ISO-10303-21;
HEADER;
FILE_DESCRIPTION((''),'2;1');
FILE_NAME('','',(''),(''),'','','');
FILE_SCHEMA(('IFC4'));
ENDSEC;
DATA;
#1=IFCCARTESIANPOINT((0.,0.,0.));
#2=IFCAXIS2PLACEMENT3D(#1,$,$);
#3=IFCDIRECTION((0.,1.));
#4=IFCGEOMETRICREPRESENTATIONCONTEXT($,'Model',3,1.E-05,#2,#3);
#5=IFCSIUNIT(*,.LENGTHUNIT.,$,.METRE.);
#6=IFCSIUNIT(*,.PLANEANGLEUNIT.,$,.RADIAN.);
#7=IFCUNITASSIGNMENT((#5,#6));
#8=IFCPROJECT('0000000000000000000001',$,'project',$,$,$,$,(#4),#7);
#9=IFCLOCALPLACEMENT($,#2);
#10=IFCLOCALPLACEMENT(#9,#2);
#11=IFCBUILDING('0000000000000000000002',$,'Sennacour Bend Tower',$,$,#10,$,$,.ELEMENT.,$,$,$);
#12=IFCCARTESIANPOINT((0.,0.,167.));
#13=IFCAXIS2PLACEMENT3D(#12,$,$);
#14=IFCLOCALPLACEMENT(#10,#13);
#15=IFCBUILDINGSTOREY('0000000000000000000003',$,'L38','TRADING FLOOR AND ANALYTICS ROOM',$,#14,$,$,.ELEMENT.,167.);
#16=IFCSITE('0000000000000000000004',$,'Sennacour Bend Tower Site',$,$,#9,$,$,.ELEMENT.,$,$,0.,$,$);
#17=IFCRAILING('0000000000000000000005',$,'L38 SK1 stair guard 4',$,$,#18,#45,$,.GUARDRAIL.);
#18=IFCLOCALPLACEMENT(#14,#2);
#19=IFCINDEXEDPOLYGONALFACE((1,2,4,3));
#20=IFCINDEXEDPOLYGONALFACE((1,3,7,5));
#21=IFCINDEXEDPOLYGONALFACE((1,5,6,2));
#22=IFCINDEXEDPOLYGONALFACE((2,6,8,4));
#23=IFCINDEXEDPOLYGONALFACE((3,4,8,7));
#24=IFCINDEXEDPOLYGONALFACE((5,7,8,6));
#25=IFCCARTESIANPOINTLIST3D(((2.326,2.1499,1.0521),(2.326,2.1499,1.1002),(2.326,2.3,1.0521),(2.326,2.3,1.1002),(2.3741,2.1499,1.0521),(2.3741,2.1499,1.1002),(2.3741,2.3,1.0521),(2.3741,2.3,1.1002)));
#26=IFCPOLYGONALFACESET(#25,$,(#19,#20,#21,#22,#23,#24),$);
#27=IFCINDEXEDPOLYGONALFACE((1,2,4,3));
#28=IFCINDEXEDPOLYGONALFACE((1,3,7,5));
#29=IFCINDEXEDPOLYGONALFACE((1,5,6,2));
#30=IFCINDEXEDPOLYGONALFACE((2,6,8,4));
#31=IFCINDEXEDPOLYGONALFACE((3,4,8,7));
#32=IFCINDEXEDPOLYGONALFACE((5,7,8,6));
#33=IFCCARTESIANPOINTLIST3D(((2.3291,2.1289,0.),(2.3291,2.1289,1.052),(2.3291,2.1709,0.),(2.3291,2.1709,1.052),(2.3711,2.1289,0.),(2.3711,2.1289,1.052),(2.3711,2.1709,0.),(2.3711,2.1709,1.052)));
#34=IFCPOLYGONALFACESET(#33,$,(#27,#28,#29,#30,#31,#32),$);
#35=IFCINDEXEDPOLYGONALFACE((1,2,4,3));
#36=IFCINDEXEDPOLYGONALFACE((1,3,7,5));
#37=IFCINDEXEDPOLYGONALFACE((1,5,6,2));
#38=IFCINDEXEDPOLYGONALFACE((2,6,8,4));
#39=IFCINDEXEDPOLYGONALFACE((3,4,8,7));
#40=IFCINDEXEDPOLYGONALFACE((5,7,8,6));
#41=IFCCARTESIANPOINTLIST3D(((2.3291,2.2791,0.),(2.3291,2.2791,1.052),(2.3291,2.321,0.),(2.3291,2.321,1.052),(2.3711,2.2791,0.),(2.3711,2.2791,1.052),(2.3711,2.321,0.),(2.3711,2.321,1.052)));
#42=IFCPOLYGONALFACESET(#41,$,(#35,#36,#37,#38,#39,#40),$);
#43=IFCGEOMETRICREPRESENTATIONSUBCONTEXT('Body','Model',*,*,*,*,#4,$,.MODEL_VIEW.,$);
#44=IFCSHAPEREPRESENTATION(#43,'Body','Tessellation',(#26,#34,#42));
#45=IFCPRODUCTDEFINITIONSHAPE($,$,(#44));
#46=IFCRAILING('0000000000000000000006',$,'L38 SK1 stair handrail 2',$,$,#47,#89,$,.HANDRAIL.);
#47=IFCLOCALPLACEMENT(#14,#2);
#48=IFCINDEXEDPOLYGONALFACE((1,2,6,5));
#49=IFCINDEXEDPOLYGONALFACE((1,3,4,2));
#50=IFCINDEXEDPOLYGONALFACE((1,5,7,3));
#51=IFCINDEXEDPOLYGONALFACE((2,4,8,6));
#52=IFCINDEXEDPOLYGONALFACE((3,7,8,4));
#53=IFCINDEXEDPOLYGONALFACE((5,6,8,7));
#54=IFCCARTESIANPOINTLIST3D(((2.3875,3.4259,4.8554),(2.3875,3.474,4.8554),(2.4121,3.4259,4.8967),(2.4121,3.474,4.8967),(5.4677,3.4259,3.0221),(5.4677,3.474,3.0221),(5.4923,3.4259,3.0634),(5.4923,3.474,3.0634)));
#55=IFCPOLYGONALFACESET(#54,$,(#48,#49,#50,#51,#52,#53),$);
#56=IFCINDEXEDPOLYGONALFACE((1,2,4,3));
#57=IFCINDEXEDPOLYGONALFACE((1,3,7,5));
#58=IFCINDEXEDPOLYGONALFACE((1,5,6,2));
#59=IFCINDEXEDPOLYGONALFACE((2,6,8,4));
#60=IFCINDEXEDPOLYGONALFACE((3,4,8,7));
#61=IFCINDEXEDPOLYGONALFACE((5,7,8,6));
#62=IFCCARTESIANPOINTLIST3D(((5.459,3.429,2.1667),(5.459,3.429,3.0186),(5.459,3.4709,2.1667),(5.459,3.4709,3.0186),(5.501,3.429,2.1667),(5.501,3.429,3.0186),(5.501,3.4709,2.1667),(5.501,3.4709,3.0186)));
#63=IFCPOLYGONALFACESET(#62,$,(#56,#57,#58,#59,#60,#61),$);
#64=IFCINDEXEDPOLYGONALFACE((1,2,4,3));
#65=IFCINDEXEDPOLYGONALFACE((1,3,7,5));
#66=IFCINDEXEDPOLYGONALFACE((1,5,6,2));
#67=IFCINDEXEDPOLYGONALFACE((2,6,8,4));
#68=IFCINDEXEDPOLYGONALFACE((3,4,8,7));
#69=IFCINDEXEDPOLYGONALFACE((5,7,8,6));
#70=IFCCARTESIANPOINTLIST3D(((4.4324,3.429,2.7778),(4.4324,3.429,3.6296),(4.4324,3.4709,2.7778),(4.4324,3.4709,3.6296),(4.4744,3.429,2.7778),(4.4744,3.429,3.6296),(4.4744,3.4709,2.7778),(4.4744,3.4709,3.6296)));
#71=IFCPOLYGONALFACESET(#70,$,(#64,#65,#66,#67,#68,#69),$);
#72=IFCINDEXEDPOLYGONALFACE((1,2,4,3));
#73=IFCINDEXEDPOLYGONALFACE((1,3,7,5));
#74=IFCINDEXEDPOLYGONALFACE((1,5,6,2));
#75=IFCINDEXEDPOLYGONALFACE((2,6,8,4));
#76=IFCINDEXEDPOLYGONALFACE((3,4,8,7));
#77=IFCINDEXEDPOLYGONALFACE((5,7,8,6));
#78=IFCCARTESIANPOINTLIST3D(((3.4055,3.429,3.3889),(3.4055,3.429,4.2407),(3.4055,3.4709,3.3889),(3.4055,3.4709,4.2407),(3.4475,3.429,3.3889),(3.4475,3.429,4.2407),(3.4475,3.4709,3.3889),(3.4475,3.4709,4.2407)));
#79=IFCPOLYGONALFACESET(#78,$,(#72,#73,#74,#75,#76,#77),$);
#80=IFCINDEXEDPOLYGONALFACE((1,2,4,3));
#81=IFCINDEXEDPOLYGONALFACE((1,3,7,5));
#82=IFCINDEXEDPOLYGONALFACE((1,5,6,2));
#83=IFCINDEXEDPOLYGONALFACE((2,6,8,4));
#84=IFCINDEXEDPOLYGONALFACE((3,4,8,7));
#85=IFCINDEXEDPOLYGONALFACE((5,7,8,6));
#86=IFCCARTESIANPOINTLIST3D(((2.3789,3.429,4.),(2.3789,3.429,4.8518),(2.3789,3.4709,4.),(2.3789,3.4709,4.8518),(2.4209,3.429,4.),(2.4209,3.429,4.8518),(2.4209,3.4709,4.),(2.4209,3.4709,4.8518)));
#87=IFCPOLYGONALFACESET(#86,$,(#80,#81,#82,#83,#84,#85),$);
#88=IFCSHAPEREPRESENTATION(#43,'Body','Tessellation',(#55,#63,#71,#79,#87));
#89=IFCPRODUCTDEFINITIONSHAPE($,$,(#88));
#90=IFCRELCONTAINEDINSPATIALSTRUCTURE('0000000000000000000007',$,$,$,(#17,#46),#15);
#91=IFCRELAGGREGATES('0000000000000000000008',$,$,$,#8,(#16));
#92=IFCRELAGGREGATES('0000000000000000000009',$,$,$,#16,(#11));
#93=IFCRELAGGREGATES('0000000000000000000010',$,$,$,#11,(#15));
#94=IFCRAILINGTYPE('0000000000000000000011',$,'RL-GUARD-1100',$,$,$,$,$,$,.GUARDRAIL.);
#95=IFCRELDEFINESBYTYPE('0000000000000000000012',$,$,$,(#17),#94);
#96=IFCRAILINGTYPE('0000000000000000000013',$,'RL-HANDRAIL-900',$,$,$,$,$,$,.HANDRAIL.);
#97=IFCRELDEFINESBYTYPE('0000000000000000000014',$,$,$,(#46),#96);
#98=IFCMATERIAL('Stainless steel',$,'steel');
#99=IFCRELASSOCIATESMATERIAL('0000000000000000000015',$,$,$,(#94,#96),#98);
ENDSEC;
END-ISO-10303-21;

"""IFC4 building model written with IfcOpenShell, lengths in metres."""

from ifc_helpers import new_model, si_unit, direction, frame, origin, origin_2d, place, context, subcontext, project, spatial, rectangle, extrude, material, type_object, element, save


model = new_model("IFC4")

# Units and contexts
model_context = context("Model", 3, precision=1e-05, world=origin(), true_north=direction((0.0, 1.0)))
body_context = subcontext(model_context, "Body", "Model", "MODEL_VIEW")
ifc_project = project(units=[si_unit("LENGTHUNIT", "METRE"), si_unit("PLANEANGLEUNIT", "RADIAN")], contexts=[model_context])

# Site, building, storey
site_placement = place(None, origin())
site = spatial("IfcSite", under=ifc_project, at=site_placement, Name="Sennacour Bend Tower Site", CompositionType="ELEMENT", RefElevation=0.0)
building_placement = place(site_placement, origin())
building = spatial("IfcBuilding", under=site, at=building_placement, Name="Sennacour Bend Tower", CompositionType="ELEMENT")
storey_placement = place(building_placement, frame((0.0, 0.0, 167.0)))
storey = spatial("IfcBuildingStorey", under=building, at=storey_placement, Name="L38", Description="TRADING FLOOR AND ANALYTICS ROOM", CompositionType="ELEMENT", Elevation=167.0)

# Railings
ifc_material_1 = material(Name="Stainless steel", Category="steel")
railing_type_1 = type_object("IfcRailingType", Name="RL-GUARD-1100", PredefinedType="GUARDRAIL", material=ifc_material_1)
railing_1_placement = place(storey_placement, frame((2.3501, 2.1499, 0.0)))
element("IfcRailing", 1, at=railing_1_placement, inside=storey, type_object=railing_type_1, Name="L38 SK1 stair guard 4", PredefinedType="GUARDRAIL", context=body_context, shape_type="SweptSolid", body=[
    extrude(rectangle(XDim=0.0481, YDim=0.0481, at=origin_2d()), frame((0.0, 0.0, 1.0762), z_axis=(0.0, 1.0, 0.0), x_axis=(-1.0, 0.0, 0.0)), (0.0, 0.0, 1.0), 0.1501),
    extrude(rectangle(XDim=0.042, YDim=0.042, at=origin_2d()), origin(), (0.0, 0.0, 1.0), 1.052),
    extrude(rectangle(XDim=0.042, YDim=0.042, at=origin_2d()), frame((0.0, 0.1501, 0.0)), (0.0, 0.0, 1.0), 1.052),
])
railing_type_2 = type_object("IfcRailingType", Name="RL-HANDRAIL-900", PredefinedType="HANDRAIL", material=ifc_material_1)
railing_2_placement = place(storey_placement, frame((5.48, 3.45, 2.1667)))
element("IfcRailing", 2, at=railing_2_placement, inside=storey, type_object=railing_type_2, Name="L38 SK1 stair handrail 2", PredefinedType="HANDRAIL", context=body_context, shape_type="SweptSolid", body=[
    extrude(rectangle(XDim=0.0481, YDim=0.0481, at=origin_2d()), frame((0.0, 0.0, 0.876), z_axis=(-0.859309, 0.0, 0.511458), x_axis=(0.0, -1.0, 0.0)), (0.0, 0.0, 1.0), 3.5845),
    extrude(rectangle(XDim=0.042, YDim=0.042, at=origin_2d()), origin(), (0.0, 0.0, 1.0), 0.8518),
    extrude(rectangle(XDim=0.042, YDim=0.042, at=origin_2d()), frame((-1.0266, 0.0, 0.6111)), (0.0, 0.0, 1.0), 0.8518),
    extrude(rectangle(XDim=0.042, YDim=0.042, at=origin_2d()), frame((-2.0535, 0.0, 1.2222)), (0.0, 0.0, 1.0), 0.8518),
    extrude(rectangle(XDim=0.042, YDim=0.042, at=origin_2d()), frame((-3.0801, 0.0, 1.8333)), (0.0, 0.0, 1.0), 0.8518),
])

save(model, "model.ifc")
